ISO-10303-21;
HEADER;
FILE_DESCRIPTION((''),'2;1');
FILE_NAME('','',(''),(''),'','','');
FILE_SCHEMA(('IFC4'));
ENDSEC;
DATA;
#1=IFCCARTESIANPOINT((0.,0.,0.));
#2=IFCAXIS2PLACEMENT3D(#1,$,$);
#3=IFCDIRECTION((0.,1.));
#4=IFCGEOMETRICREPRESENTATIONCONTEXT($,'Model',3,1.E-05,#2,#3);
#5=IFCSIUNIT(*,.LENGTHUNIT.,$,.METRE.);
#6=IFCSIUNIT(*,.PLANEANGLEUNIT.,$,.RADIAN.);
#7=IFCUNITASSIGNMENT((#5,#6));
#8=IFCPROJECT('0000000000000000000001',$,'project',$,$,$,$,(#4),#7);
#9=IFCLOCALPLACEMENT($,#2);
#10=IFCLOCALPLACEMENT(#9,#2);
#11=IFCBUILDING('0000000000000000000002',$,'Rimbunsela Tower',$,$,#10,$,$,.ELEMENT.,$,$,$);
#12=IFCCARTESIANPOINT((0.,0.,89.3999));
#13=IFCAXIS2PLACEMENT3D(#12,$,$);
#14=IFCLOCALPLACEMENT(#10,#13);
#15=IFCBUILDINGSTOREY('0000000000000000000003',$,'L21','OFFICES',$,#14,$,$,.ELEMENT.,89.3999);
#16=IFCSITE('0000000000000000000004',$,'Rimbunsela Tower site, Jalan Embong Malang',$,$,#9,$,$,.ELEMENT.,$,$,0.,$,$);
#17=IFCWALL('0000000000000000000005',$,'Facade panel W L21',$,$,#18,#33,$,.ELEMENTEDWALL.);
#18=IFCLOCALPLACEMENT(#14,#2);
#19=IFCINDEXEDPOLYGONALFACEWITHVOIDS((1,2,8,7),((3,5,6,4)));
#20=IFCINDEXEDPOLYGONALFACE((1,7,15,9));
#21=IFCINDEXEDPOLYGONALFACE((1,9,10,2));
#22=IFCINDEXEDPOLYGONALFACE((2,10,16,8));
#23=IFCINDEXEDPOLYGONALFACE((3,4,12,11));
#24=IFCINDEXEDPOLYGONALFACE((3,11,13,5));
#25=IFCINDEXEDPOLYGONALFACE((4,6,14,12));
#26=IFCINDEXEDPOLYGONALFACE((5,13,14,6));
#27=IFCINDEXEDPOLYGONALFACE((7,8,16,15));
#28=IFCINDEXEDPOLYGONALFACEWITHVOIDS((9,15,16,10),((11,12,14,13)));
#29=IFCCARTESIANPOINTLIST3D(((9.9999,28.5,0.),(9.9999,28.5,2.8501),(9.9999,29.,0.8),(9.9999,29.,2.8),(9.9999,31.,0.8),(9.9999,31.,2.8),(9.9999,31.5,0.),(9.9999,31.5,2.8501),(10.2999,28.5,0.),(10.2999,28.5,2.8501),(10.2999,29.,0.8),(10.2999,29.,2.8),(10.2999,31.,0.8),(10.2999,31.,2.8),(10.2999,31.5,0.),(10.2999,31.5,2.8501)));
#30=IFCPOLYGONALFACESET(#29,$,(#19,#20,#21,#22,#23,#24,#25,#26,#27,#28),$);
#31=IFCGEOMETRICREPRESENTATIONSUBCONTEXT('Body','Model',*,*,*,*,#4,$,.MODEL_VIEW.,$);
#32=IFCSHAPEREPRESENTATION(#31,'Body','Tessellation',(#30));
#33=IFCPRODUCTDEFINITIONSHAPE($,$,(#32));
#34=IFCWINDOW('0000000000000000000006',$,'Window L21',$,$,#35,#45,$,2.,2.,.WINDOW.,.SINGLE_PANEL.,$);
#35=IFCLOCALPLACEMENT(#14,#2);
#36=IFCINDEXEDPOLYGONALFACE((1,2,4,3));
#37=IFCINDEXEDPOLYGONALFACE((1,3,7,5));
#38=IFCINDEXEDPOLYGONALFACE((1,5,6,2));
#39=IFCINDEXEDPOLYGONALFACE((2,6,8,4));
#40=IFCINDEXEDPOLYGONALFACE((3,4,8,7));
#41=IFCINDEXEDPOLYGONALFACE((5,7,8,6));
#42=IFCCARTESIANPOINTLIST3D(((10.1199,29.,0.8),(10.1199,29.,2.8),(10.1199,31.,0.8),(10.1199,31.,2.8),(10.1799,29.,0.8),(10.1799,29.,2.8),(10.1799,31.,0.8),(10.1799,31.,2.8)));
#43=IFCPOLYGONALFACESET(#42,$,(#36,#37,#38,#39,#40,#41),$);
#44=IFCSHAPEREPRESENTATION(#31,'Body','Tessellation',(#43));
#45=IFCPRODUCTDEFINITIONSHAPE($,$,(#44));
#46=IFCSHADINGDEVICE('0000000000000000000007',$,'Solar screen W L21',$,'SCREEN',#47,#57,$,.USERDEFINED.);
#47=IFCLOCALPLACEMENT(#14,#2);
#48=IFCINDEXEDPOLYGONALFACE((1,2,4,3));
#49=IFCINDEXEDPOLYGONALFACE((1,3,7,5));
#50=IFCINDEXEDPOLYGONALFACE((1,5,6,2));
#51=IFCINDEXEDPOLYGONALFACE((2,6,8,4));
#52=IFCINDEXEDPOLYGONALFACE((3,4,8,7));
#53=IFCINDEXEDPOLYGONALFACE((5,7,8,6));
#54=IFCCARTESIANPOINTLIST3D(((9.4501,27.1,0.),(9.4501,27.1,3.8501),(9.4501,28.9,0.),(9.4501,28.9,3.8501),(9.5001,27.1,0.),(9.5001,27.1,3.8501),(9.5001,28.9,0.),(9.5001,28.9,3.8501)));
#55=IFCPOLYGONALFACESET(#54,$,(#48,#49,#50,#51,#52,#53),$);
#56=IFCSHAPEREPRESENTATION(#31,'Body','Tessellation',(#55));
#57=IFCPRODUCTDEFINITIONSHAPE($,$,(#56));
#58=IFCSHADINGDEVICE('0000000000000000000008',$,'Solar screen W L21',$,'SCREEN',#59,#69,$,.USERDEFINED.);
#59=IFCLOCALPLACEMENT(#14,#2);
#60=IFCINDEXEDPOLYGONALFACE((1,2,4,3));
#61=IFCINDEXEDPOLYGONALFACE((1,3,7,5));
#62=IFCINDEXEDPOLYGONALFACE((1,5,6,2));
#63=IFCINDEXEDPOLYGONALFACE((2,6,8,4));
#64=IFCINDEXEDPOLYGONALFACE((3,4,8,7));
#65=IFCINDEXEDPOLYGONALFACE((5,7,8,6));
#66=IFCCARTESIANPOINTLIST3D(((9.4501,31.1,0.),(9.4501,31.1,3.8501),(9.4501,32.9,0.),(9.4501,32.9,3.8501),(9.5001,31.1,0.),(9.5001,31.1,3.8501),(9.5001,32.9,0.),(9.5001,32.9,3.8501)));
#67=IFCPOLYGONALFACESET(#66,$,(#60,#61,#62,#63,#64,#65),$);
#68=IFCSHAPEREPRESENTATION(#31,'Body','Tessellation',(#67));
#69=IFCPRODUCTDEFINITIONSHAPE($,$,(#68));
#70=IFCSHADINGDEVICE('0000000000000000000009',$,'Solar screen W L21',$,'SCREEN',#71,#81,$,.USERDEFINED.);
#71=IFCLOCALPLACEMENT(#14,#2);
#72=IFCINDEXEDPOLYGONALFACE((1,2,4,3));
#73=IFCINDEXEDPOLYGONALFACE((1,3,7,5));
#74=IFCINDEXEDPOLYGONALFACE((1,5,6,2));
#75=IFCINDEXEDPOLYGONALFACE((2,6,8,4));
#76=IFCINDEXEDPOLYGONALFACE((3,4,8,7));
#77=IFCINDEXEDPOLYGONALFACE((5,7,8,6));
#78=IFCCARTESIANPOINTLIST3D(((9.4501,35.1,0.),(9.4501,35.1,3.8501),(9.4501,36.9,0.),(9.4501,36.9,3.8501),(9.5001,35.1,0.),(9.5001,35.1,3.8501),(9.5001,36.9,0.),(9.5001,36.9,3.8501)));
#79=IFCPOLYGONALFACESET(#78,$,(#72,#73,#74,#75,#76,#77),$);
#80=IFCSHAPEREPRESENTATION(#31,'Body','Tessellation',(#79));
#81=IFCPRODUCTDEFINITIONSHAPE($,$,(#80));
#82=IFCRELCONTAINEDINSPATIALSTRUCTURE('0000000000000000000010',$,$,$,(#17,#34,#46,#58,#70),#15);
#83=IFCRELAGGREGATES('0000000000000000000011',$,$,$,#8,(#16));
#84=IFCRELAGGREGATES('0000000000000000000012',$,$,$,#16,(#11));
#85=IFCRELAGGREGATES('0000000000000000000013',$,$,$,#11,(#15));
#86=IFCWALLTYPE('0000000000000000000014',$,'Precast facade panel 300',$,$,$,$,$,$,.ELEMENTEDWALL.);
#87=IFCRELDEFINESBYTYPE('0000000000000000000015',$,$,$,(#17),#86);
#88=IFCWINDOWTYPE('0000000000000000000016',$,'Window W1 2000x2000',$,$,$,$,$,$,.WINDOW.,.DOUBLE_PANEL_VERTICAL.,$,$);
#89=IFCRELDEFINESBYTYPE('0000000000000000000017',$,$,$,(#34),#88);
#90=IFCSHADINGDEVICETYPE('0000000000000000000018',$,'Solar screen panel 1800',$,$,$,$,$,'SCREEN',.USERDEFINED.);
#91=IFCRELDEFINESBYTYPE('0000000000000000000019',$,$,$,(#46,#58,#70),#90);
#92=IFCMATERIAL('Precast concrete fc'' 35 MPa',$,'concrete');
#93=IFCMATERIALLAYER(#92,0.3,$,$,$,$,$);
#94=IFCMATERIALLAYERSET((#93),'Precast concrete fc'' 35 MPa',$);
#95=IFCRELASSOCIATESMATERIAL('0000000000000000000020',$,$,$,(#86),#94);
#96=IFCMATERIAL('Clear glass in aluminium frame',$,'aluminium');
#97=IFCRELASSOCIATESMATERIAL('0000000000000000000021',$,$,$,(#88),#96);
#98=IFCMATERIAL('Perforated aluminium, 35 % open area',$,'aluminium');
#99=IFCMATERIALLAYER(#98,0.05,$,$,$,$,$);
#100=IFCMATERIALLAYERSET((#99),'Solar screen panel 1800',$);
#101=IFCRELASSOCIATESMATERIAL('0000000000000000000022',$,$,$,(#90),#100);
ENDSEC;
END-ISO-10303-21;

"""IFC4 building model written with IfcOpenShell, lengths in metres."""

from ifc_helpers import new_model, si_unit, direction, frame, frame_2d, origin, origin_2d, place, context, subcontext, project, spatial, rectangle, extrude, material, layer, layer_set, type_object, element, fill, save


model = new_model("IFC4")

# Units and contexts
model_context = context("Model", 3, precision=1e-05, world=origin(), true_north=direction((0.0, 1.0)))
body_context = subcontext(model_context, "Body", "Model", "MODEL_VIEW")
ifc_project = project(units=[si_unit("LENGTHUNIT", "METRE"), si_unit("PLANEANGLEUNIT", "RADIAN")], contexts=[model_context])

# Site, building, storey
site_placement = place(None, origin())
site = spatial("IfcSite", under=ifc_project, at=site_placement, Name="Rimbunsela Tower site, Jalan Embong Malang", CompositionType="ELEMENT", RefElevation=0.0)
building_placement = place(site_placement, origin())
building = spatial("IfcBuilding", under=site, at=building_placement, Name="Rimbunsela Tower", CompositionType="ELEMENT")
storey_placement = place(building_placement, frame((0.0, 0.0, 89.3999)))
storey = spatial("IfcBuildingStorey", under=building, at=storey_placement, Name="L21", Description="OFFICES", CompositionType="ELEMENT", Elevation=89.3999)

# Wall, opening, window
ifc_material_1 = material(Name="Precast concrete fc' 35 MPa", Category="concrete")
ifc_layer_1 = layer(ifc_material_1, 0.3)
ifc_layer_set_1 = layer_set([ifc_layer_1], Name="Precast concrete fc' 35 MPa")
wall_type = type_object("IfcWallType", Name="Precast facade panel 300", PredefinedType="ELEMENTEDWALL", material=ifc_layer_set_1)
ifc_material_2 = material(Name="Clear glass in aluminium frame", Category="aluminium")
window_type = type_object("IfcWindowType", Name="Window W1 2000x2000", PartitioningType="DOUBLE_PANEL_VERTICAL", PredefinedType="WINDOW", material=ifc_material_2)
wall_1_placement = place(storey_placement, frame((10.1499, 31.5, 0.0), z_axis=(0.0, 0.0, 1.0), x_axis=(0.0, -1.0, 0.0)))
wall_1 = element("IfcWall", 1, at=wall_1_placement, inside=storey, type_object=wall_type, Name="Facade panel W L21", PredefinedType="ELEMENTEDWALL", context=body_context, shape_type="SweptSolid", body=[
    extrude(rectangle(XDim=3.0, YDim=0.3, at=frame_2d((1.5, 0.0))), origin(), (0.0, 0.0, 1.0), 2.8501),
])
opening_1_placement = place(wall_1_placement, frame((0.5, 0.0, 0.8)))
opening_1 = element("IfcOpeningElement", 2, at=opening_1_placement, cuts=wall_1, PredefinedType="OPENING", context=body_context, shape_type="SweptSolid", body=[
    extrude(rectangle(XDim=2.0, YDim=2.0, at=frame_2d((1.0, 1.0))), frame((0.0, 0.1599, 0.0), z_axis=(0.0, -1.0, 0.0), x_axis=(1.0, 0.0, 0.0)), (0.0, 0.0, 1.0), 0.3201),
])
window_1_placement = place(opening_1_placement, origin())
window_1 = element("IfcWindow", 3, at=window_1_placement, inside=storey, type_object=window_type, Name="Window L21", OverallHeight=2.0, OverallWidth=2.0, PartitioningType="SINGLE_PANEL", PredefinedType="WINDOW", context=body_context, shape_type="SweptSolid", body=[
    extrude(rectangle(XDim=2.0, YDim=2.0, at=frame_2d((1.0, 1.0))), frame((0.0, 0.03, 0.0), z_axis=(0.0, -1.0, 0.0), x_axis=(1.0, 0.0, 0.0)), (0.0, 0.0, 1.0), 0.0601),
])
fill(opening_1, window_1)

# Shading devices
ifc_material_3 = material(Name="Perforated aluminium, 35 % open area", Category="aluminium")
ifc_layer_2 = layer(ifc_material_3, 0.05)
ifc_layer_set_2 = layer_set([ifc_layer_2], Name="Solar screen panel 1800")
shading_device_type = type_object("IfcShadingDeviceType", Name="Solar screen panel 1800", ElementType="SCREEN", PredefinedType="USERDEFINED", material=ifc_layer_set_2)
for number, where, z_axis, x_axis, name in (
    (4, (9.4751, 28.0, 0.0), (0.0, 0.0, 1.0), (0.0, 1.0, 0.0), "Solar screen W L21"),
    (5, (9.4751, 32.0, 0.0), (0.0, 0.0, 1.0), (0.0, 1.0, 0.0), "Solar screen W L21"),
    (6, (9.4751, 36.0, 0.0), (0.0, 0.0, 1.0), (0.0, 1.0, 0.0), "Solar screen W L21"),
):
    element("IfcShadingDevice", number, at=place(storey_placement, frame(where, z_axis=z_axis, x_axis=x_axis)), inside=storey, type_object=shading_device_type, Name=name, ObjectType="SCREEN", PredefinedType="USERDEFINED", context=body_context, shape_type="SweptSolid", body=[
        extrude(rectangle(XDim=1.8, YDim=0.05, at=origin_2d()), origin(), (0.0, 0.0, 1.0), 3.8501),
    ])

save(model, "model.ifc")
